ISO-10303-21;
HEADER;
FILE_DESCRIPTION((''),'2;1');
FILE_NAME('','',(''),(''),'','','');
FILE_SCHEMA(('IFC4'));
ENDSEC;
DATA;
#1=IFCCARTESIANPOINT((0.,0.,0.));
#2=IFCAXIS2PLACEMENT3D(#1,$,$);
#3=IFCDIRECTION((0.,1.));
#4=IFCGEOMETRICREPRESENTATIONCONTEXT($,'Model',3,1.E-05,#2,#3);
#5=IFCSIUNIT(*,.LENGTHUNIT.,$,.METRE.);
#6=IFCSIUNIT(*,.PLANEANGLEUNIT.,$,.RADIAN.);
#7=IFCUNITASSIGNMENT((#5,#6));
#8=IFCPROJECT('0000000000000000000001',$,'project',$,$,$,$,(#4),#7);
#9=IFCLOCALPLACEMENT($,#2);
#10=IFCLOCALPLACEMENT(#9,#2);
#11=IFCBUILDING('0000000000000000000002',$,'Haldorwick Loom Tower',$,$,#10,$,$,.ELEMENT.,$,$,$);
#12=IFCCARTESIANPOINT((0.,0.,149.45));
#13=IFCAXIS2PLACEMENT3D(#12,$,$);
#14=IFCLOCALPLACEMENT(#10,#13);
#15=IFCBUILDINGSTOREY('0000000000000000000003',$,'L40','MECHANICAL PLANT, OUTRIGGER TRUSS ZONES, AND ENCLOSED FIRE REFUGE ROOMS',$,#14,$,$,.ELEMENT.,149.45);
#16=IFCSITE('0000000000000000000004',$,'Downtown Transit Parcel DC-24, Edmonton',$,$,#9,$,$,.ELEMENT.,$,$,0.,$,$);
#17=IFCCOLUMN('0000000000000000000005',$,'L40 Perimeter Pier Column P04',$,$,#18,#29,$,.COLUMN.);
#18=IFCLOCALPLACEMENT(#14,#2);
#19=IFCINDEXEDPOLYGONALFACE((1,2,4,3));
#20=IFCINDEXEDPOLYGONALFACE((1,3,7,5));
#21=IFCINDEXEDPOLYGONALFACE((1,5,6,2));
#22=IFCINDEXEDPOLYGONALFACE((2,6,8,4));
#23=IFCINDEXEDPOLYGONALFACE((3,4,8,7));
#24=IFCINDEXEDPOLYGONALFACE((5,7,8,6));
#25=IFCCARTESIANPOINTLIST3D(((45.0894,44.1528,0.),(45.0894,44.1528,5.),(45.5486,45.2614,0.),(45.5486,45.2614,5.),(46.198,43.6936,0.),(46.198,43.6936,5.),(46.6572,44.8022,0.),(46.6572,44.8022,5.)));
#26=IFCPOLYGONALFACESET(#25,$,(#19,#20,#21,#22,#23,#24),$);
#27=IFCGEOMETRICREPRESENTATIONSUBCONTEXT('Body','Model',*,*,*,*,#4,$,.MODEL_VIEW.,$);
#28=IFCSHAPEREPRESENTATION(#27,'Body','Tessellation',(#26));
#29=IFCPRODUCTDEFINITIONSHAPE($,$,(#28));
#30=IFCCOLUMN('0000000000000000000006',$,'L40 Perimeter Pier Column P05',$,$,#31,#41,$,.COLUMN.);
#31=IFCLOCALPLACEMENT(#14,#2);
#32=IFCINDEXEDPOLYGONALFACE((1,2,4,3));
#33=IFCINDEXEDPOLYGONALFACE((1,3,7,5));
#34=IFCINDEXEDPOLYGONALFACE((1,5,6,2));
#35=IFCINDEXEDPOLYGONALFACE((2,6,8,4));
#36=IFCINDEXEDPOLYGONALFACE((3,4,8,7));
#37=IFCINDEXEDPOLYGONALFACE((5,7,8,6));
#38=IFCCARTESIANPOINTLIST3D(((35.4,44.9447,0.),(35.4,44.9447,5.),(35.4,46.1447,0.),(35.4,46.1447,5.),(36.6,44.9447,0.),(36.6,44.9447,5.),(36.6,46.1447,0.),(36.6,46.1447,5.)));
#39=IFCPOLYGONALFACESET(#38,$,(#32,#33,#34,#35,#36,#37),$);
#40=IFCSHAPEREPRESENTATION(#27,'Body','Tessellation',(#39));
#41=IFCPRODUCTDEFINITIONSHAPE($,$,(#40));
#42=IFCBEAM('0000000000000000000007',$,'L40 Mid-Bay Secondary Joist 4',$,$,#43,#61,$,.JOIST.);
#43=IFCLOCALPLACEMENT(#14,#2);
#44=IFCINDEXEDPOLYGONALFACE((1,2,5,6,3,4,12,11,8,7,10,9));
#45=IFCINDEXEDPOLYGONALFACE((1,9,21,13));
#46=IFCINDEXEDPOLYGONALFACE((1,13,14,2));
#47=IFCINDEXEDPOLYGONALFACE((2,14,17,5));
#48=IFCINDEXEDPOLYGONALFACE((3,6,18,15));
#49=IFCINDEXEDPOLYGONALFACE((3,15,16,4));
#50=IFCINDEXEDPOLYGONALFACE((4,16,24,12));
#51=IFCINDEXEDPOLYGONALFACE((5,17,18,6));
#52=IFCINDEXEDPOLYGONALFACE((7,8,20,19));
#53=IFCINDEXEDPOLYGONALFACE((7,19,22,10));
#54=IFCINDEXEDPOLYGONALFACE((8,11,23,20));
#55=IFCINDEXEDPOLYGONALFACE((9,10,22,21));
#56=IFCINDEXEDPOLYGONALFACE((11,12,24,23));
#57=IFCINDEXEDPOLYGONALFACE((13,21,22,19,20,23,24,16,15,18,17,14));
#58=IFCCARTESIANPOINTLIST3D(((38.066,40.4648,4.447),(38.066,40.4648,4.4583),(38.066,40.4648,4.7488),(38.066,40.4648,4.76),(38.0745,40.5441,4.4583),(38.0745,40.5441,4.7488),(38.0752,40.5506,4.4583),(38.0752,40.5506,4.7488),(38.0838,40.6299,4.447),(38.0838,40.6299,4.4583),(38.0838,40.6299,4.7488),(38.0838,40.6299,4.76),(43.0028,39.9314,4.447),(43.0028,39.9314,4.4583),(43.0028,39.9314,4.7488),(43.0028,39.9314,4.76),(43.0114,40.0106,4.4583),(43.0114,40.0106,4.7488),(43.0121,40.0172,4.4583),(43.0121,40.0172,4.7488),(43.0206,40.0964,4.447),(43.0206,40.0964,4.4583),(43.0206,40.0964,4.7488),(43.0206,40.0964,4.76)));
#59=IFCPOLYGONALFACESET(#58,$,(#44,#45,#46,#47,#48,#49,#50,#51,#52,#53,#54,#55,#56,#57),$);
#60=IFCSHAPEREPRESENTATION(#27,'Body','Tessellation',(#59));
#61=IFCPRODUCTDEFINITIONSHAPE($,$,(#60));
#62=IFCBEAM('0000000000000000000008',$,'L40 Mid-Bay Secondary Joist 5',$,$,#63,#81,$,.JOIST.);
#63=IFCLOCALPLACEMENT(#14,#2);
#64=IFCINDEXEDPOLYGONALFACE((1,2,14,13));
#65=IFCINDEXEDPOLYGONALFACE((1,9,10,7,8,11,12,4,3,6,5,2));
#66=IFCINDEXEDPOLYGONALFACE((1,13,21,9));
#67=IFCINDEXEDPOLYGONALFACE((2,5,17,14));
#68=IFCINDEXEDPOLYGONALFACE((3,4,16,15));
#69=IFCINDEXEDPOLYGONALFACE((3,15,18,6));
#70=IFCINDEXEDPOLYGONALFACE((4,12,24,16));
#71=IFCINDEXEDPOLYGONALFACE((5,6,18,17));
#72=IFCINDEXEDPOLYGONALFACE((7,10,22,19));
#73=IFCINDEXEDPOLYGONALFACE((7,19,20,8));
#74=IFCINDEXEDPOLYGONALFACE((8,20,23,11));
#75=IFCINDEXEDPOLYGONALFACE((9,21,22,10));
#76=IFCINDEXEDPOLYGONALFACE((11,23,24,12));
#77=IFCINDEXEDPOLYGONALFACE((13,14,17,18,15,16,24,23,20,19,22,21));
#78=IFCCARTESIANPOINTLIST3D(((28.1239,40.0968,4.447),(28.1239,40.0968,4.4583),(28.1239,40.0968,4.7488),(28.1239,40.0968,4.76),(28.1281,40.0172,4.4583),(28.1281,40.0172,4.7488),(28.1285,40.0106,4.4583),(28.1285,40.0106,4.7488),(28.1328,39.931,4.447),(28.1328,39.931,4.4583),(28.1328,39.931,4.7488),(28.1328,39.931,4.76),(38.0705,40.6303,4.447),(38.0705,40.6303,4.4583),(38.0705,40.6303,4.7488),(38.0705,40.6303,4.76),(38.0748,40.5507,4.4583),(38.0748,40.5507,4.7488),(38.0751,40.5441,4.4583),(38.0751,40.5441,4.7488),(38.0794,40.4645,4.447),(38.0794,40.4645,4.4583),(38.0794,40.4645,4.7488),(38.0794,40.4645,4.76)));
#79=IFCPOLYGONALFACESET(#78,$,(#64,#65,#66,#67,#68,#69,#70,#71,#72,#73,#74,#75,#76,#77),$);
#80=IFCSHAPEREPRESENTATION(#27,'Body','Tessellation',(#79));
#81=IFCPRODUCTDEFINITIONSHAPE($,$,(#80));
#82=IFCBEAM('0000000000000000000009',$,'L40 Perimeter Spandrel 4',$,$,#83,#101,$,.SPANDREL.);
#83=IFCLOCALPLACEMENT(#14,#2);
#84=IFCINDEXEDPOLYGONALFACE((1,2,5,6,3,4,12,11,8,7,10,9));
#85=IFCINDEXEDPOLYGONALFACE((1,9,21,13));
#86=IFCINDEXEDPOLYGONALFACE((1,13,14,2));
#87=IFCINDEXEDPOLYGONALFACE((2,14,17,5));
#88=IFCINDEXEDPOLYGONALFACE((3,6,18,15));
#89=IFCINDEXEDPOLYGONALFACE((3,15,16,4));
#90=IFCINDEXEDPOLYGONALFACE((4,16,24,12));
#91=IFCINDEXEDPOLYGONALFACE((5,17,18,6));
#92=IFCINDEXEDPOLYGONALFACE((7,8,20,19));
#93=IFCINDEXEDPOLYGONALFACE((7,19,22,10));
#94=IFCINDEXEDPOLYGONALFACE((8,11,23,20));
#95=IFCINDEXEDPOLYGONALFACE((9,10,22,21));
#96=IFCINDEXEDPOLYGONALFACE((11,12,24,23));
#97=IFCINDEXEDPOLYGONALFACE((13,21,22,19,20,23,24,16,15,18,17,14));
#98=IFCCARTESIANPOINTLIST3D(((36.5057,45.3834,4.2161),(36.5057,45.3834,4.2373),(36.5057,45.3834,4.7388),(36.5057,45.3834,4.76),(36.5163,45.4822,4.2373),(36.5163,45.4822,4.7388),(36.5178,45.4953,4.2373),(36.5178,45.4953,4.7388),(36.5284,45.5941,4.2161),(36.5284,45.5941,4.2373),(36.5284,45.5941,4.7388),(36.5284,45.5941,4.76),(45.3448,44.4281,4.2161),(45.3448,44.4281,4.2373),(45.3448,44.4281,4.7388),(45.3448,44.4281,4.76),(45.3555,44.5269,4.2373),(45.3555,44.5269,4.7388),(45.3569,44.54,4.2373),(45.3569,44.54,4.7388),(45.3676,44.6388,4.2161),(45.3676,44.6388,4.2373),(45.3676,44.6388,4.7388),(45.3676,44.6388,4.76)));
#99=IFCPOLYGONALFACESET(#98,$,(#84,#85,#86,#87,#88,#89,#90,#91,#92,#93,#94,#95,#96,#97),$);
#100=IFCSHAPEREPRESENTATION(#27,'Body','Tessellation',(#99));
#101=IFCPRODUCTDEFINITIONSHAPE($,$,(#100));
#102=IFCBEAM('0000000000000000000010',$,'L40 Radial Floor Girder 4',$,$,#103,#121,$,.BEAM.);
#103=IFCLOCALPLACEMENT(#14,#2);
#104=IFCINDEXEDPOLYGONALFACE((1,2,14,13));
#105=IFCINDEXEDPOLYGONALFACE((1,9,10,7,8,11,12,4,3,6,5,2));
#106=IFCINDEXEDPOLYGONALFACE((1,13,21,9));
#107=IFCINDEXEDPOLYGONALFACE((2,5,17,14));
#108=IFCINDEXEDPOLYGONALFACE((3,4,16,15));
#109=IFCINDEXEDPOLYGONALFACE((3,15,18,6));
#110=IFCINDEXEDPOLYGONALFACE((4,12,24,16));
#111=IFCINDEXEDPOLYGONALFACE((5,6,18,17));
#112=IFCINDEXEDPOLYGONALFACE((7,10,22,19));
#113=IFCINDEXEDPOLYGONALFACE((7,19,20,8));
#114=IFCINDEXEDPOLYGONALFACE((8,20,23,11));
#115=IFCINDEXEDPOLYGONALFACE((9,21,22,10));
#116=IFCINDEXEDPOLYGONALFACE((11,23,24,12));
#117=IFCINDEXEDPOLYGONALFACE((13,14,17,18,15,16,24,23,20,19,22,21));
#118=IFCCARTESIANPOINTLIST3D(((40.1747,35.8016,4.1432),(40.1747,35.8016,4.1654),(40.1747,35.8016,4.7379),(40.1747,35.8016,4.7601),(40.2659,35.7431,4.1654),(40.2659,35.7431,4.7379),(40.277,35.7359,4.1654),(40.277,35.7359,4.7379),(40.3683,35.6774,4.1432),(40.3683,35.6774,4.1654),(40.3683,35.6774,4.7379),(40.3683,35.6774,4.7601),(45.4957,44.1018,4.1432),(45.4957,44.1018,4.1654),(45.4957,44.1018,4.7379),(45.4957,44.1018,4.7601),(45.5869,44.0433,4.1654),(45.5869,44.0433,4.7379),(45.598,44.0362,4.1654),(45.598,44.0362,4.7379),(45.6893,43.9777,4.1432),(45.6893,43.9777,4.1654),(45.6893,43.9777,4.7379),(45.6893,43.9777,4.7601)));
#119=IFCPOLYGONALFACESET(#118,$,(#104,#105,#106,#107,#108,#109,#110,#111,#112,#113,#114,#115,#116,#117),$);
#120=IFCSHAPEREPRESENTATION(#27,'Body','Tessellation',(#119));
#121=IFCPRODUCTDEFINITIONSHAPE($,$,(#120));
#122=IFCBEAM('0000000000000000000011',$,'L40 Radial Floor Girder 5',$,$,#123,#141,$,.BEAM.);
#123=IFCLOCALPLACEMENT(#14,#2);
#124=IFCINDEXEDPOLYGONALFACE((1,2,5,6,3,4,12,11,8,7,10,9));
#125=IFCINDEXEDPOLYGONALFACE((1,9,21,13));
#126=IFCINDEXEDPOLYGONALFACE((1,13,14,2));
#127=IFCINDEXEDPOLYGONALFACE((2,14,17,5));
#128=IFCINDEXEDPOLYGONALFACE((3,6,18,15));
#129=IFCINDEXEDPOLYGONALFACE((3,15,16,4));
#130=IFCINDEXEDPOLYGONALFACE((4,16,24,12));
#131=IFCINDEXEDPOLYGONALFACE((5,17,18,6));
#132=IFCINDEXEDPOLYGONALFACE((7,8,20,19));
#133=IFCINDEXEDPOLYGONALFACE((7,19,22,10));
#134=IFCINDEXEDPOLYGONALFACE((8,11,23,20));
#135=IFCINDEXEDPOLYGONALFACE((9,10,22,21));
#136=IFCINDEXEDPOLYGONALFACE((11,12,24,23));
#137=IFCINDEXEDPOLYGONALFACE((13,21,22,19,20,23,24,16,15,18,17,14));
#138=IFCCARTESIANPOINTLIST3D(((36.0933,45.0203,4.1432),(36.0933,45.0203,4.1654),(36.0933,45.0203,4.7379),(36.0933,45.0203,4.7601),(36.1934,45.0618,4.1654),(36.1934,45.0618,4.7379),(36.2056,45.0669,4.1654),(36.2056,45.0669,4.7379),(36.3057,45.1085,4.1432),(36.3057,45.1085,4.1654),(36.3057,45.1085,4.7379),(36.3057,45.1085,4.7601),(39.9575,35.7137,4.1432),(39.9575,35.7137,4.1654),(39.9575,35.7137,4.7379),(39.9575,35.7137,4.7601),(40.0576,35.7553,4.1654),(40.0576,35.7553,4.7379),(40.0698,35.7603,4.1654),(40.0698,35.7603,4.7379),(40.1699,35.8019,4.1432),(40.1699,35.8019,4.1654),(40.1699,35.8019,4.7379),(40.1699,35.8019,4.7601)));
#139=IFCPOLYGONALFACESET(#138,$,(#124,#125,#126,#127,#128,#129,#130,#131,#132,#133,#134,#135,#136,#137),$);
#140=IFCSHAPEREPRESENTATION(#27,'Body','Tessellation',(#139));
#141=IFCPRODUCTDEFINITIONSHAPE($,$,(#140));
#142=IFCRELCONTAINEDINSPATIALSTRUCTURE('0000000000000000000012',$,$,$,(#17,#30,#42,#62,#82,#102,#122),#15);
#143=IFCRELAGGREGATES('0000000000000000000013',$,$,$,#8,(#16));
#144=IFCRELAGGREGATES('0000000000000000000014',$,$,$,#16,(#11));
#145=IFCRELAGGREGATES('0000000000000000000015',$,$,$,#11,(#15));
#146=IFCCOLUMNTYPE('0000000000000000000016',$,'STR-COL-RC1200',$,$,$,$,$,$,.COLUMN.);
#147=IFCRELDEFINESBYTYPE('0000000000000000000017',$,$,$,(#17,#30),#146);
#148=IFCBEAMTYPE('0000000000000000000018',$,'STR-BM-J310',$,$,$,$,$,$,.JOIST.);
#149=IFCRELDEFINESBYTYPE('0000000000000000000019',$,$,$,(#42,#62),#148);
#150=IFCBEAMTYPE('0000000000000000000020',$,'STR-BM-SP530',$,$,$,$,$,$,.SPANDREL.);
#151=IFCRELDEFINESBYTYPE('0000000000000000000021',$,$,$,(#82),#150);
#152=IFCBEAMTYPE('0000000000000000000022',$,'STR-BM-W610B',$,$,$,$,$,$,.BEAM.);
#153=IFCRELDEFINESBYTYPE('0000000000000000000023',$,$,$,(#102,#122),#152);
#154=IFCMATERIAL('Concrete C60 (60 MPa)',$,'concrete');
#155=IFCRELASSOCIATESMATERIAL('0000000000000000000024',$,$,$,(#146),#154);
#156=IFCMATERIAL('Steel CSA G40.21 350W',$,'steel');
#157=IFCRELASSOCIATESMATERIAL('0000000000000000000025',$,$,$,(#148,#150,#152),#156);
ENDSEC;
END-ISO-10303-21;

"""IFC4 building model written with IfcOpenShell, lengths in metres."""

from ifc_helpers import new_model, si_unit, direction, frame, origin, origin_2d, place, context, subcontext, project, spatial, rectangle, i_section, extrude, material, material_profile, profile_set, type_object, element, save


model = new_model("IFC4")

# Units and contexts
model_context = context("Model", 3, precision=1e-05, world=origin(), true_north=direction((0.0, 1.0)))
body_context = subcontext(model_context, "Body", "Model", "MODEL_VIEW")
ifc_project = project(units=[si_unit("LENGTHUNIT", "METRE"), si_unit("PLANEANGLEUNIT", "RADIAN")], contexts=[model_context])

# Site, building, storey
site_placement = place(None, origin())
site = spatial("IfcSite", under=ifc_project, at=site_placement, Name="Downtown Transit Parcel DC-24, Edmonton", CompositionType="ELEMENT", RefElevation=0.0)
building_placement = place(site_placement, origin())
building = spatial("IfcBuilding", under=site, at=building_placement, Name="Haldorwick Loom Tower", CompositionType="ELEMENT")
storey_placement = place(building_placement, frame((0.0, 0.0, 149.45)))
storey = spatial("IfcBuildingStorey", under=building, at=storey_placement, Name="L40", Description="MECHANICAL PLANT, OUTRIGGER TRUSS ZONES, AND ENCLOSED FIRE REFUGE ROOMS", CompositionType="ELEMENT", Elevation=149.45)

# Columns
ifc_material_1 = material(Name="Concrete C60 (60 MPa)", Category="concrete")
ifc_material_profile_1 = material_profile(ifc_material_1, rectangle(XDim=1.2, YDim=1.2, at=origin_2d()), Name="RC1200X1200", Category="concrete")
ifc_profile_set_1 = profile_set([ifc_material_profile_1], Name="Concrete C60 (60 MPa)")
column_type = type_object("IfcColumnType", Name="STR-COL-RC1200", PredefinedType="COLUMN", material=ifc_profile_set_1)
for number, where, z_axis, x_axis, name in (
    (1, (45.8733, 44.4775, 0.0), (0.0, 0.0, 1.0), (0.382683, 0.92388, 0.0), "L40 Perimeter Pier Column P04"),
    (2, (36.0, 45.5447, 0.0), (0.0, 0.0, 1.0), (0.0, 1.0, 0.0), "L40 Perimeter Pier Column P05"),
):
    element("IfcColumn", number, at=place(storey_placement, frame(where, z_axis=z_axis, x_axis=x_axis)), inside=storey, type_object=column_type, Name=name, PredefinedType="COLUMN", context=body_context, shape_type="SweptSolid", body=[
        extrude(rectangle(XDim=1.2, YDim=1.2, at=origin_2d()), origin(), (0.0, 0.0, 1.0), 5.0),
    ])

# Beams
ifc_material_2 = material(Name="Steel CSA G40.21 350W", Category="steel")
ifc_material_profile_2 = material_profile(ifc_material_2, i_section(OverallWidth=0.166, OverallDepth=0.313, WebThickness=0.0066, FlangeThickness=0.0112, at=origin_2d()), Name="W310X45", Category="steel")
ifc_profile_set_2 = profile_set([ifc_material_profile_2], Name="Steel CSA G40.21 350W")
beam_type_1 = type_object("IfcBeamType", Name="STR-BM-J310", PredefinedType="JOIST", material=ifc_profile_set_2)
beam_1_placement = place(storey_placement, frame((43.0117, 40.0139, 4.6035), z_axis=(-0.994213, 0.107431, 0.0), x_axis=(-0.107431, -0.994213, 0.0)))
element("IfcBeam", 3, at=beam_1_placement, inside=storey, type_object=beam_type_1, Name="L40 Mid-Bay Secondary Joist 4", PredefinedType="JOIST", context=body_context, shape_type="SweptSolid", body=[
    extrude(i_section(OverallWidth=0.166, OverallDepth=0.313, WebThickness=0.0066, FlangeThickness=0.0112, at=origin_2d()), origin(), (0.0, 0.0, 1.0), 4.9656),
])
beam_2_placement = place(storey_placement, frame((38.075, 40.5474, 4.6035), z_axis=(-0.998565, -0.053555, 0.0), x_axis=(0.053555, -0.998565, 0.0)))
element("IfcBeam", 4, at=beam_2_placement, inside=storey, type_object=beam_type_1, Name="L40 Mid-Bay Secondary Joist 5", PredefinedType="JOIST", context=body_context, shape_type="SweptSolid", body=[
    extrude(i_section(OverallWidth=0.166, OverallDepth=0.313, WebThickness=0.0066, FlangeThickness=0.0112, at=origin_2d()), origin(), (0.0, 0.0, 1.0), 9.9609),
])
ifc_material_profile_3 = material_profile(ifc_material_2, i_section(OverallWidth=0.2119, OverallDepth=0.5439, WebThickness=0.0132, FlangeThickness=0.0212, at=origin_2d()), Name="W530X123", Category="steel")
ifc_profile_set_3 = profile_set([ifc_material_profile_3], Name="Steel CSA G40.21 350W")
beam_type_2 = type_object("IfcBeamType", Name="STR-BM-SP530", PredefinedType="SPANDREL", material=ifc_profile_set_3)
beam_3_placement = place(storey_placement, frame((45.3562, 44.5334, 4.488), z_axis=(-0.99421, 0.107453, 0.0), x_axis=(-0.107453, -0.99421, 0.0)))
element("IfcBeam", 5, at=beam_3_placement, inside=storey, type_object=beam_type_2, Name="L40 Perimeter Spandrel 4", PredefinedType="SPANDREL", context=body_context, shape_type="SweptSolid", body=[
    extrude(i_section(OverallWidth=0.2119, OverallDepth=0.5439, WebThickness=0.0132, FlangeThickness=0.0212, at=origin_2d()), origin(), (0.0, 0.0, 1.0), 8.8906),
])
ifc_material_profile_4 = material_profile(ifc_material_2, i_section(OverallWidth=0.23, OverallDepth=0.6169, WebThickness=0.0132, FlangeThickness=0.0222, at=origin_2d()), Name="W610X140", Category="steel")
ifc_profile_set_4 = profile_set([ifc_material_profile_4], Name="Steel CSA G40.21 350W")
beam_type_3 = type_object("IfcBeamType", Name="STR-BM-W610B", PredefinedType="BEAM", material=ifc_profile_set_4)
beam_4_placement = place(storey_placement, frame((40.2715, 35.7395, 4.4517), z_axis=(0.539691, 0.841863, 0.0), x_axis=(-0.841863, 0.539691, 0.0)))
element("IfcBeam", 6, at=beam_4_placement, inside=storey, type_object=beam_type_3, Name="L40 Radial Floor Girder 4", PredefinedType="BEAM", context=body_context, shape_type="SweptSolid", body=[
    extrude(i_section(OverallWidth=0.23, OverallDepth=0.6169, WebThickness=0.0132, FlangeThickness=0.0222, at=origin_2d()), origin(), (0.0, 0.0, 1.0), 9.8594),
])
beam_5_placement = place(storey_placement, frame((40.0637, 35.7578, 4.4517), z_axis=(-0.383473, 0.923552, 0.0), x_axis=(-0.923552, -0.383473, 0.0)))
element("IfcBeam", 7, at=beam_5_placement, inside=storey, type_object=beam_type_3, Name="L40 Radial Floor Girder 5", PredefinedType="BEAM", context=body_context, shape_type="SweptSolid", body=[
    extrude(i_section(OverallWidth=0.23, OverallDepth=0.6169, WebThickness=0.0132, FlangeThickness=0.0222, at=origin_2d()), origin(), (0.0, 0.0, 1.0), 10.0769),
])

save(model, "model.ifc")
